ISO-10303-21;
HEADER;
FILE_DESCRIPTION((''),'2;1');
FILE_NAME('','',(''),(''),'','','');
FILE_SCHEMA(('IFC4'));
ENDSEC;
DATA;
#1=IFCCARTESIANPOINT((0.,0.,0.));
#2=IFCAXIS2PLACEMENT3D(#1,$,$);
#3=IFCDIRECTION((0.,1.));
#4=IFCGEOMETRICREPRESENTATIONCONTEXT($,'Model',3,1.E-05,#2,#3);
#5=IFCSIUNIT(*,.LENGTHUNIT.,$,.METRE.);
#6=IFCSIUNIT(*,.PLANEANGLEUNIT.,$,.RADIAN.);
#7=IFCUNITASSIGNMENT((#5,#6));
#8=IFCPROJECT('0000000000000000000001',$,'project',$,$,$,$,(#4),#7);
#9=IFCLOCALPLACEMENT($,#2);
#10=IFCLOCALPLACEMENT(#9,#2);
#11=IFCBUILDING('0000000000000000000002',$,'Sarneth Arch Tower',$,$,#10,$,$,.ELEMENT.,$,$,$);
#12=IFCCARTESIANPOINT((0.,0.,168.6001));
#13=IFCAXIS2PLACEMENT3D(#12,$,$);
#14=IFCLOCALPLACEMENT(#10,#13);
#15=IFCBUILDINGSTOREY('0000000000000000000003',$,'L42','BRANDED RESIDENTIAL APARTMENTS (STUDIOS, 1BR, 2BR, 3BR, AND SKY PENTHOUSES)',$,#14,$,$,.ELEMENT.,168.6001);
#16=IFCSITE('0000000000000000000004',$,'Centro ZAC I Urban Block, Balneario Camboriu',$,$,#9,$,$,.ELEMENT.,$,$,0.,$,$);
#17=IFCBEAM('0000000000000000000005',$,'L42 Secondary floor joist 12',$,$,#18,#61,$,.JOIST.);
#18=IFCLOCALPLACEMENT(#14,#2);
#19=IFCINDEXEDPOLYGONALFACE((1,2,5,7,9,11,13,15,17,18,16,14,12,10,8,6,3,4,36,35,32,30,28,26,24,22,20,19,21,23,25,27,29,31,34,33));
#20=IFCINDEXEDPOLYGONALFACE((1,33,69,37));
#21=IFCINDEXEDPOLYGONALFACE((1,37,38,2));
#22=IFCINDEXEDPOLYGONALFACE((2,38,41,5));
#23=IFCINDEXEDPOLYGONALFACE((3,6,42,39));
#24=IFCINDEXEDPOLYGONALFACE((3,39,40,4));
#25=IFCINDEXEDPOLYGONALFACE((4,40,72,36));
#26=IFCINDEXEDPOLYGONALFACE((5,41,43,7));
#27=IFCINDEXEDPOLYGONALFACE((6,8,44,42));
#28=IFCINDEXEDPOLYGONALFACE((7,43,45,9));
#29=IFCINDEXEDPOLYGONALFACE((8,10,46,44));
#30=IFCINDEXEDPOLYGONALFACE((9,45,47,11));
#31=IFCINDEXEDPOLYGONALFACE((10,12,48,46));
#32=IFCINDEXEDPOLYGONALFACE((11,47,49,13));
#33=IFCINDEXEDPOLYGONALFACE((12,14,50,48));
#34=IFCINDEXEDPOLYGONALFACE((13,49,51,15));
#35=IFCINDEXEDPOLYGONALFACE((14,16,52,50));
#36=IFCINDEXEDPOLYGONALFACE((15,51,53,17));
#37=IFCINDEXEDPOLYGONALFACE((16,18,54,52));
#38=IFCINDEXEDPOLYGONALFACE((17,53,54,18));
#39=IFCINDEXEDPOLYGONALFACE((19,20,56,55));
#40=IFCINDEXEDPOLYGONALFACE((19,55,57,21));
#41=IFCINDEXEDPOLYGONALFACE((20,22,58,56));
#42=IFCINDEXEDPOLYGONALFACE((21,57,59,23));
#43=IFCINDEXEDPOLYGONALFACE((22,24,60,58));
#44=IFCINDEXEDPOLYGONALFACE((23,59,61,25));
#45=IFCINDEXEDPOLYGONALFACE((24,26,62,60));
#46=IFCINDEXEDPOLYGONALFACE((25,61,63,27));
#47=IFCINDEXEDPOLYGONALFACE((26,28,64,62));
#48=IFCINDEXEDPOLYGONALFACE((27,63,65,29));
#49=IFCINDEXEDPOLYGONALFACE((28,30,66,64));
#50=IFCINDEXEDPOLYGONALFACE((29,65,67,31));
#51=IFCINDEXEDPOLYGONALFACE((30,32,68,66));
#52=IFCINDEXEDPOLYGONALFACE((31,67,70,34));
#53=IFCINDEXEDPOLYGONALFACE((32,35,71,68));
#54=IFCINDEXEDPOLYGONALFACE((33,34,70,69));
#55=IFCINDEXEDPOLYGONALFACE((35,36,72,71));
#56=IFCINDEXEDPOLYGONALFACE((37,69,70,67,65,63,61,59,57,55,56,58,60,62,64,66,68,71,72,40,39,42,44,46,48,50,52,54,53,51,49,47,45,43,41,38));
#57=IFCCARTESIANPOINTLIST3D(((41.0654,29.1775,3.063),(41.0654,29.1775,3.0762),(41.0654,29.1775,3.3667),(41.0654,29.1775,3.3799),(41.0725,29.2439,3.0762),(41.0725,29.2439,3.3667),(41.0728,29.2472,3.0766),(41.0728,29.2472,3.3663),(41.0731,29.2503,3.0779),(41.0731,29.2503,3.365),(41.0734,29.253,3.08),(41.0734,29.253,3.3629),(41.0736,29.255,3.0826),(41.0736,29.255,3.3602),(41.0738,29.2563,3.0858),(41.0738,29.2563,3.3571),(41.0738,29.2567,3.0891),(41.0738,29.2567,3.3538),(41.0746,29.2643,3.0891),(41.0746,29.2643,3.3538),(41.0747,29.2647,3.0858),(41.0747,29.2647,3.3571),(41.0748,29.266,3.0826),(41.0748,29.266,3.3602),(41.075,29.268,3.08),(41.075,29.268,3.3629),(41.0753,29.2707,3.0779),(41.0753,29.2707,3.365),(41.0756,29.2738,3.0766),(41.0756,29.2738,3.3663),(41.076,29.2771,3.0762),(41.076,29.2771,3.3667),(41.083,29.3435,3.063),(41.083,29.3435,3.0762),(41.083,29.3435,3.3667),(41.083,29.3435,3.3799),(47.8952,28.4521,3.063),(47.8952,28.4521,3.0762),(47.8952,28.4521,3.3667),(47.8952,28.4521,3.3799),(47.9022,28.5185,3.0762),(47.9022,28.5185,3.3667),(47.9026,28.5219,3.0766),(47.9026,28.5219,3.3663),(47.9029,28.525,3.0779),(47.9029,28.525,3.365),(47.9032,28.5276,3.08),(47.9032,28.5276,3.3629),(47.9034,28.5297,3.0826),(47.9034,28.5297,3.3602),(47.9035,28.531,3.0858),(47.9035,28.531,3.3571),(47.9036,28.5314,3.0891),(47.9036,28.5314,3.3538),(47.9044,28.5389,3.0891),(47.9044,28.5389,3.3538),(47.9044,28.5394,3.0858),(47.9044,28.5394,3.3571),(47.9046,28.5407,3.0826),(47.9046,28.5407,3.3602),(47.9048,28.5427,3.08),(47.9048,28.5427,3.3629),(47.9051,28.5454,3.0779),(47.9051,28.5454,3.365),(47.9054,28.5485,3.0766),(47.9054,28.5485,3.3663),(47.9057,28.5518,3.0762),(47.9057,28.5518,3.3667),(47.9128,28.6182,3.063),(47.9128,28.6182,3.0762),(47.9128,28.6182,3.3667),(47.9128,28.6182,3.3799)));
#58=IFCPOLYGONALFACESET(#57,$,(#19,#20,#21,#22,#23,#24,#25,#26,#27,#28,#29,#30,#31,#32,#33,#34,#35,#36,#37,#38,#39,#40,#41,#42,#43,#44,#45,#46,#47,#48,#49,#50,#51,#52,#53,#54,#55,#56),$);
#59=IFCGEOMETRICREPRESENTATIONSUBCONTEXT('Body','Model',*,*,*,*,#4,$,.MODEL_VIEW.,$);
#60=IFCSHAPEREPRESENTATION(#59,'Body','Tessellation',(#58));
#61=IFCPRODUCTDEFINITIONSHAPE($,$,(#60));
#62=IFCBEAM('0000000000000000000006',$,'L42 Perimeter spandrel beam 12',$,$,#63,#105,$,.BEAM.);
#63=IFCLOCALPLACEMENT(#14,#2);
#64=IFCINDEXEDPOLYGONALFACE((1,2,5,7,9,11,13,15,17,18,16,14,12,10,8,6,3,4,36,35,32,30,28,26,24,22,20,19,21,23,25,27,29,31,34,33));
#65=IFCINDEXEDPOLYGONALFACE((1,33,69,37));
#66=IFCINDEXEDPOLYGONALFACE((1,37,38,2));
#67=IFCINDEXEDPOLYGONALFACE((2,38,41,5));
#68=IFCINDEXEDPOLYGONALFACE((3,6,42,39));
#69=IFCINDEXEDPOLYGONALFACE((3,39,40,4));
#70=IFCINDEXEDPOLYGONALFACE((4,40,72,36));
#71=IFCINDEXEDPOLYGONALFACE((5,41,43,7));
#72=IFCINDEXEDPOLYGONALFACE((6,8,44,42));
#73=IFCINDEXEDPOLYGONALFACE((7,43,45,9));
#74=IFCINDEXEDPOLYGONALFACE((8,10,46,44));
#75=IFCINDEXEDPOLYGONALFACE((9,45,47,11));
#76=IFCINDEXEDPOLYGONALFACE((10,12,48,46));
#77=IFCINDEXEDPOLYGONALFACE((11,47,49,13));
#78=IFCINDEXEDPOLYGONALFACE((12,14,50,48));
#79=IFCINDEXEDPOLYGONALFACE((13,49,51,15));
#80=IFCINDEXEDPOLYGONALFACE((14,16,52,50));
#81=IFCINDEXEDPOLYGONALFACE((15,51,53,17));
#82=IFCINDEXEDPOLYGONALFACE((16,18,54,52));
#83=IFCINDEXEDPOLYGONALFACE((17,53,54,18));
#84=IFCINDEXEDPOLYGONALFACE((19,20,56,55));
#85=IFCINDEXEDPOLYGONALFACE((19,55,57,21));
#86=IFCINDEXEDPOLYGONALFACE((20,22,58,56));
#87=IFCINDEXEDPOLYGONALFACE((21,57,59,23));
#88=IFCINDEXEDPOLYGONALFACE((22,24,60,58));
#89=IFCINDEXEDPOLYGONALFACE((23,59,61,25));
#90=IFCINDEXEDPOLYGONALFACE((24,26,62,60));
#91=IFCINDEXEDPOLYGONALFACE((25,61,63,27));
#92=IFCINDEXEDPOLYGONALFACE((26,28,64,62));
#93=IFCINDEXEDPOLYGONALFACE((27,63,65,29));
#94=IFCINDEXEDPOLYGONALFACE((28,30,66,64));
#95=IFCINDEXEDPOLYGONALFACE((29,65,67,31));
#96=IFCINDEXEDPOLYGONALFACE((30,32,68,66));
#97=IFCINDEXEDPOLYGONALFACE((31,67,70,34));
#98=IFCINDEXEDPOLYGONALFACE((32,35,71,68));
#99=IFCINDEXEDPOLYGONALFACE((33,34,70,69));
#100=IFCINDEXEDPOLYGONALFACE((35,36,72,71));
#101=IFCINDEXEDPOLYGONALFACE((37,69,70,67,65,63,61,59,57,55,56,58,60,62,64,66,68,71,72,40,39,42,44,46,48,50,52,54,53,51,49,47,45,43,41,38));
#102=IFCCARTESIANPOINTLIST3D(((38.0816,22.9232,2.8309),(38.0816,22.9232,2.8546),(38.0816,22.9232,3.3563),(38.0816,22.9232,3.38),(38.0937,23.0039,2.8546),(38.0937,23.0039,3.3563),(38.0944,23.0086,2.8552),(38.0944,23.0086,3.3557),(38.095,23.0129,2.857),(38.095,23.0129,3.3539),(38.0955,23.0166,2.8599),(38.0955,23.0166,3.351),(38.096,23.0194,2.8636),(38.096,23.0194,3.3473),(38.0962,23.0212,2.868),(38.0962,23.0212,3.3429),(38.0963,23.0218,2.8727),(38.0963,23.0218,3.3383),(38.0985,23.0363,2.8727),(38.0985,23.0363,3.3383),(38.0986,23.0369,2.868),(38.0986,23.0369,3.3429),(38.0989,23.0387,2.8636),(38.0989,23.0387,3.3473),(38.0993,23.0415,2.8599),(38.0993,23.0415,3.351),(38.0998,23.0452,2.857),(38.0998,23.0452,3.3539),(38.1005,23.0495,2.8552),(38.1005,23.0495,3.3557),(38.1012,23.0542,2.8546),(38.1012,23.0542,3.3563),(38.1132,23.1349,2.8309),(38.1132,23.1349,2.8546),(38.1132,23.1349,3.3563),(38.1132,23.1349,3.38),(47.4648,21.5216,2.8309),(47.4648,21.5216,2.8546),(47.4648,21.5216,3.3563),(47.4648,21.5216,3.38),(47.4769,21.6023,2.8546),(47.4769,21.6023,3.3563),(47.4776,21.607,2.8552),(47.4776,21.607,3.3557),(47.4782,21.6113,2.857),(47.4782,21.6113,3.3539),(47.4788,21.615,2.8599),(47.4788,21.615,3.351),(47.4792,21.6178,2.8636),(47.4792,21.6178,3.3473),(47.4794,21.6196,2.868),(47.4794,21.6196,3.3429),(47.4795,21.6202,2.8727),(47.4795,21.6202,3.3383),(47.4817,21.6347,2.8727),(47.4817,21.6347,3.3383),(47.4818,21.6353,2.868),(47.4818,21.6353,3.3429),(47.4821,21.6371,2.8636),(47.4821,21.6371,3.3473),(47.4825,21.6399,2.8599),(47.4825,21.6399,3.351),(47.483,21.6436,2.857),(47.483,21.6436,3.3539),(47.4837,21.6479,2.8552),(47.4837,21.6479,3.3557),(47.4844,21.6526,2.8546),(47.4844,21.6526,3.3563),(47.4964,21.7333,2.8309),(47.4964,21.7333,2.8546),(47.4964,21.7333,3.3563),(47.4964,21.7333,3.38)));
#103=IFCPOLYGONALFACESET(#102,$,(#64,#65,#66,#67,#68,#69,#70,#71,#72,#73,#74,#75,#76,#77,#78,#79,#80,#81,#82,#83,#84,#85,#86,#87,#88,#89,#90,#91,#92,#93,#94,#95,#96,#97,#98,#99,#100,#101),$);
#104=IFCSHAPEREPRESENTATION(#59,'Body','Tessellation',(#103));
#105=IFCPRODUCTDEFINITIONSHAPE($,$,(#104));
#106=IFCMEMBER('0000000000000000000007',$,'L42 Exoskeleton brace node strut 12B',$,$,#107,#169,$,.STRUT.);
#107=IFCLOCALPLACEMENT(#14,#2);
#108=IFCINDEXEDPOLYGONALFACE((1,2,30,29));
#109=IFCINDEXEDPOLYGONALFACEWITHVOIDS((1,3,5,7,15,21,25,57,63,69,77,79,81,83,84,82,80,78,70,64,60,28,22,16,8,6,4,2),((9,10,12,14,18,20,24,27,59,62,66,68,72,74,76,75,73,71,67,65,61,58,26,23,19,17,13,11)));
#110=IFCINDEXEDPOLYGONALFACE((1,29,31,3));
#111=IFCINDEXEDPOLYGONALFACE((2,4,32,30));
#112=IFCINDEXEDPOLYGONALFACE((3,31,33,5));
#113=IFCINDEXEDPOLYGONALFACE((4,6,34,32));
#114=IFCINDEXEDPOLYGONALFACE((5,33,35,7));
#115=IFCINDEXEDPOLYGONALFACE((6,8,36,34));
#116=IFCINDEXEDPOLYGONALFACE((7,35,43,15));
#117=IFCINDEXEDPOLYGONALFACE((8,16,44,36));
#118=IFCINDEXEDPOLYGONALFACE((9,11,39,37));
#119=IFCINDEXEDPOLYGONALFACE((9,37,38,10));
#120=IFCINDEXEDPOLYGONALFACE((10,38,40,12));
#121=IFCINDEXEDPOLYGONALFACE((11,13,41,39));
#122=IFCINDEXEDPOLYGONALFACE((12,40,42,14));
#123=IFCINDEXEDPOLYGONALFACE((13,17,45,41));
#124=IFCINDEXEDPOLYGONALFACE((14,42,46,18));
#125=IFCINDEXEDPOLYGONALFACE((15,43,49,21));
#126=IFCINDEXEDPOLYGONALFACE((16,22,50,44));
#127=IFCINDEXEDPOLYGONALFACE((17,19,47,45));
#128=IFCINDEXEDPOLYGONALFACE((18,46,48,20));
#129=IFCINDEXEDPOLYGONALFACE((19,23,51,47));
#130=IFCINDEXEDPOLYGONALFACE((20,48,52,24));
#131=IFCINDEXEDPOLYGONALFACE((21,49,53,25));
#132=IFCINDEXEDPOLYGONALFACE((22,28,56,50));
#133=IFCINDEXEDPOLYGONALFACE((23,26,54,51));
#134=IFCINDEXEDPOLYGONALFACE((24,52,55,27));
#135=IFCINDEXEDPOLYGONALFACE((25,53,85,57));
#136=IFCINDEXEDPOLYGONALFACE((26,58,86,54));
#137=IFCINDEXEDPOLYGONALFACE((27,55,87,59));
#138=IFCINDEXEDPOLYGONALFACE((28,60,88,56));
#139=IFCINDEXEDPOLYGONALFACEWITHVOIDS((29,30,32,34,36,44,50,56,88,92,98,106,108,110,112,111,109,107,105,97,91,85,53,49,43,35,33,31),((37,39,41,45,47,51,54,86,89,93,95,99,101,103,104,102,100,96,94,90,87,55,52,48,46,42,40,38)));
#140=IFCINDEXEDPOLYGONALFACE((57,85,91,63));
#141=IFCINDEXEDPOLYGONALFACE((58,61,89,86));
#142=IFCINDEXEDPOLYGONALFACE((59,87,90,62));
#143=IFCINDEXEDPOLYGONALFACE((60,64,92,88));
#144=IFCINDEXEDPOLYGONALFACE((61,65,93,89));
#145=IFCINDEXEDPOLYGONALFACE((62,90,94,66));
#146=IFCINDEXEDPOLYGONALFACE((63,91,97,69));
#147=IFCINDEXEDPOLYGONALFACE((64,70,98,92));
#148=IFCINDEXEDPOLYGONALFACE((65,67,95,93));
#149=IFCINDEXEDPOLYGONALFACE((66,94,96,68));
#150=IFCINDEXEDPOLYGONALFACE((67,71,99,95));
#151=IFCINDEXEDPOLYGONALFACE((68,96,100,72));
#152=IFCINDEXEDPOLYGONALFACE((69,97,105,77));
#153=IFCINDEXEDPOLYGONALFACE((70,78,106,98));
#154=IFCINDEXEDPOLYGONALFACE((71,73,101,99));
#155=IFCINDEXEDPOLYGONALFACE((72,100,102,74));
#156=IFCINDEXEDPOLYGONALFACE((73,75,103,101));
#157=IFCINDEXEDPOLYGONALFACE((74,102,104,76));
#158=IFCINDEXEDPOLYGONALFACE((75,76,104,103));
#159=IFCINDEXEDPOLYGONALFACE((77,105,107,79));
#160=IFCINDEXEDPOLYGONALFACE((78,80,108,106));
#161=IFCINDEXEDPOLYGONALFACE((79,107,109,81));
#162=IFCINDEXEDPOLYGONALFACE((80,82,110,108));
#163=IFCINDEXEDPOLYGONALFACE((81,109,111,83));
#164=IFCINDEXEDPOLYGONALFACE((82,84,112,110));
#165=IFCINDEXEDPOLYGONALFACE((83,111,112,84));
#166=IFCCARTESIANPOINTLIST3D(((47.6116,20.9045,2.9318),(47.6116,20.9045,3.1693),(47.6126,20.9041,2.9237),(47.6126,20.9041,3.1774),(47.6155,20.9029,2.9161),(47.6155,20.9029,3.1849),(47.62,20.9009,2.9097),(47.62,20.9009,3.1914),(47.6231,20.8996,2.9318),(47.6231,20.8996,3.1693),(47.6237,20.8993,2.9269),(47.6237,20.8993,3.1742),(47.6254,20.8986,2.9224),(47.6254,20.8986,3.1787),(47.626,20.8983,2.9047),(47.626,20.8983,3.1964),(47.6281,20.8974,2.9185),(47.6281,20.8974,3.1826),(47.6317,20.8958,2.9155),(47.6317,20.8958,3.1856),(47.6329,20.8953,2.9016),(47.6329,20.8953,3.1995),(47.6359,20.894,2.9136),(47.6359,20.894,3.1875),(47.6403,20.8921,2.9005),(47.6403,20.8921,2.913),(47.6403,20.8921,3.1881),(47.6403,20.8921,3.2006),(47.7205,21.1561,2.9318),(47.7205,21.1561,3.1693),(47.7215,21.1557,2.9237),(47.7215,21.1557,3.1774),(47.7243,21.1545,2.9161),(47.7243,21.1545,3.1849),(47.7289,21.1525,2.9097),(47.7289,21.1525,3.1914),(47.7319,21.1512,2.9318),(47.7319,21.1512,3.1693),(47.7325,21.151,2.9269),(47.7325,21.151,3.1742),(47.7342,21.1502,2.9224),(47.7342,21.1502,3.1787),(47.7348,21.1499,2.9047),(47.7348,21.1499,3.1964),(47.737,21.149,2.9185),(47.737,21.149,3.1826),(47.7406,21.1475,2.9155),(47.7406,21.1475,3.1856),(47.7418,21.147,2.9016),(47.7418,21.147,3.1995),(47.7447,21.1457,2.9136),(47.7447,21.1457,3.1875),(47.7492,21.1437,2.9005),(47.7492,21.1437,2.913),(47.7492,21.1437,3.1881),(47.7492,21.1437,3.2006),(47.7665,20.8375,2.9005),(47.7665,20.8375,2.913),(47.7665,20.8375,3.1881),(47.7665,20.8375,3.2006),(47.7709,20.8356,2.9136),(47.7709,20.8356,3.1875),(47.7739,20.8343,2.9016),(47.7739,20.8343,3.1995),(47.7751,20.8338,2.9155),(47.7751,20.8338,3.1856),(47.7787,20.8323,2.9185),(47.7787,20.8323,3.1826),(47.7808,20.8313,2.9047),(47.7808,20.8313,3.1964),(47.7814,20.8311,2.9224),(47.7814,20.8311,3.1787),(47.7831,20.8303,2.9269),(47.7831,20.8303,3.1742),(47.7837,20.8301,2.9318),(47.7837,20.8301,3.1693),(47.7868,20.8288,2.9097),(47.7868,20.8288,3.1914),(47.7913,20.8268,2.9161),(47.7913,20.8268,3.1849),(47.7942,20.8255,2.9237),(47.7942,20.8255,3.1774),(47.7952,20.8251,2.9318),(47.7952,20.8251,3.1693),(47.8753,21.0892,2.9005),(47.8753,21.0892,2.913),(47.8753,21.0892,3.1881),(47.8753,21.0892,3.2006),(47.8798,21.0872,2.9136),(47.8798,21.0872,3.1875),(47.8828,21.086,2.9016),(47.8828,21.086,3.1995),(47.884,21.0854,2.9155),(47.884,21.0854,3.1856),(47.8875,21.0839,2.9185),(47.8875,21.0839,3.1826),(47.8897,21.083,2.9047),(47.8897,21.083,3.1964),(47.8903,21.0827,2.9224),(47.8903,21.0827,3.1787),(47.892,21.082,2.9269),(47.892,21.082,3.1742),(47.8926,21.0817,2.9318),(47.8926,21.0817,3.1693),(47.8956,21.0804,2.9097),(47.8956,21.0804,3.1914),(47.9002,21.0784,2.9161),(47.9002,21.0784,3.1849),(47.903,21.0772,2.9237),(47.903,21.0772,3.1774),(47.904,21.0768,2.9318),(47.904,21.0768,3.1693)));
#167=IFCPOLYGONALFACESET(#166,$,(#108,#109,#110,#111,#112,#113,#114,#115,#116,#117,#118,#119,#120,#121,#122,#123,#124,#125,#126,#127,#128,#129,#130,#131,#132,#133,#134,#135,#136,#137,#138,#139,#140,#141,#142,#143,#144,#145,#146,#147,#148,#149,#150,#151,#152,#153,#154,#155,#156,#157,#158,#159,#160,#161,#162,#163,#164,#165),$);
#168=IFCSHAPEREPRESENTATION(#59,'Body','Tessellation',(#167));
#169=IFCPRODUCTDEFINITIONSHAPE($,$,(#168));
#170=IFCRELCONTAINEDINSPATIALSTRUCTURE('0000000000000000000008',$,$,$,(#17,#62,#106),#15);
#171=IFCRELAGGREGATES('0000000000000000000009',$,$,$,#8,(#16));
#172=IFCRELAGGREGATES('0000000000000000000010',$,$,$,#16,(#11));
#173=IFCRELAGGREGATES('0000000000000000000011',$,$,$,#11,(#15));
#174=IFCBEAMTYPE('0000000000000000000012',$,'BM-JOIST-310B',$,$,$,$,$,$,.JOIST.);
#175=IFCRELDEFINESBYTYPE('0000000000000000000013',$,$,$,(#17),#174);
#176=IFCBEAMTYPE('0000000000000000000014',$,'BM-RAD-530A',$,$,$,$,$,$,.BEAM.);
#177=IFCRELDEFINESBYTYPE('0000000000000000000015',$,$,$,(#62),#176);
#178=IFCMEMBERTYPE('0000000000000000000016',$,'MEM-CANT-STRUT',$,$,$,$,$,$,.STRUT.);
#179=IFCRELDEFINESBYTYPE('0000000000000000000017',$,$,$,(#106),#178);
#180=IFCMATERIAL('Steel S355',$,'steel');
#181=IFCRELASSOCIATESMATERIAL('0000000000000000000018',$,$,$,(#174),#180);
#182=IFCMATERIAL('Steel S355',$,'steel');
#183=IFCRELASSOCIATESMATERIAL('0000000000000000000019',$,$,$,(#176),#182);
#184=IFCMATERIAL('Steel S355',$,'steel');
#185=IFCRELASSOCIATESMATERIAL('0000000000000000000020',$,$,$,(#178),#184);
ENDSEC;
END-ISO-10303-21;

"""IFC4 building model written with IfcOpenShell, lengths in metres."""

from ifc_helpers import new_model, si_unit, direction, frame, origin, origin_2d, place, context, subcontext, project, spatial, hollow_rectangle, i_section, extrude, material, material_profile, profile_set, type_object, element, save


model = new_model("IFC4")

# Units and contexts
model_context = context("Model", 3, precision=1e-05, world=origin(), true_north=direction((0.0, 1.0)))
body_context = subcontext(model_context, "Body", "Model", "MODEL_VIEW")
ifc_project = project(units=[si_unit("LENGTHUNIT", "METRE"), si_unit("PLANEANGLEUNIT", "RADIAN")], contexts=[model_context])

# Site, building, storey
site_placement = place(None, origin())
site = spatial("IfcSite", under=ifc_project, at=site_placement, Name="Centro ZAC I Urban Block, Balneario Camboriu", CompositionType="ELEMENT", RefElevation=0.0)
building_placement = place(site_placement, origin())
building = spatial("IfcBuilding", under=site, at=building_placement, Name="Sarneth Arch Tower", CompositionType="ELEMENT")
storey_placement = place(building_placement, frame((0.0, 0.0, 168.6001)))
storey = spatial("IfcBuildingStorey", under=building, at=storey_placement, Name="L42", Description="BRANDED RESIDENTIAL APARTMENTS (STUDIOS, 1BR, 2BR, 3BR, AND SKY PENTHOUSES)", CompositionType="ELEMENT", Elevation=168.6001)

# Beams
ifc_material_1 = material(Name="Steel S355", Category="steel")
ifc_material_profile_1 = material_profile(ifc_material_1, i_section(OverallWidth=0.167, OverallDepth=0.3169, WebThickness=0.0076, FlangeThickness=0.0132, FilletRadius=0.0129, at=origin_2d()), Name="W310x52")
ifc_profile_set_1 = profile_set([ifc_material_profile_1], Name="Steel S355")
beam_type_1 = type_object("IfcBeamType", Name="BM-JOIST-310B", PredefinedType="JOIST", material=ifc_profile_set_1)
beam_1_placement = place(storey_placement, frame((41.0742, 29.2605, 3.2214), z_axis=(0.994408, -0.105608, 0.0), x_axis=(0.105608, 0.994408, 0.0)))
element("IfcBeam", 1, at=beam_1_placement, inside=storey, type_object=beam_type_1, Name="L42 Secondary floor joist 12", PredefinedType="JOIST", context=body_context, shape_type="SweptSolid", body=[
    extrude(i_section(OverallWidth=0.167, OverallDepth=0.3169, WebThickness=0.0076, FlangeThickness=0.0132, FilletRadius=0.0129, at=origin_2d()), origin(), (0.0, 0.0, 1.0), 6.8682),
])
ifc_material_2 = material(Name="Steel S355", Category="steel")
ifc_material_profile_2 = material_profile(ifc_material_2, i_section(OverallWidth=0.2141, OverallDepth=0.5491, WebThickness=0.0146, FlangeThickness=0.0237, FilletRadius=0.0181, at=origin_2d()), Name="W530x138")
ifc_profile_set_2 = profile_set([ifc_material_profile_2], Name="Steel S355")
beam_type_2 = type_object("IfcBeamType", Name="BM-RAD-530A", PredefinedType="BEAM", material=ifc_profile_set_2)
beam_2_placement = place(storey_placement, frame((38.0974, 23.0291, 3.1055), z_axis=(0.989027, -0.147734, 0.0), x_axis=(0.147734, 0.989027, 0.0)))
element("IfcBeam", 2, at=beam_2_placement, inside=storey, type_object=beam_type_2, Name="L42 Perimeter spandrel beam 12", PredefinedType="BEAM", context=body_context, shape_type="SweptSolid", body=[
    extrude(i_section(OverallWidth=0.2141, OverallDepth=0.5491, WebThickness=0.0146, FlangeThickness=0.0237, FilletRadius=0.0181, at=origin_2d()), origin(), (0.0, 0.0, 1.0), 9.4873),
])

# Member
ifc_material_3 = material(Name="Steel S355", Category="steel")
ifc_material_profile_3 = material_profile(ifc_material_3, hollow_rectangle(XDim=0.2, YDim=0.3, WallThickness=0.0125, InnerFilletRadius=0.0188, OuterFilletRadius=0.0312, at=origin_2d()), Name="RHS300x200x12.5")
ifc_profile_set_3 = profile_set([ifc_material_profile_3], Name="Steel S355")
member_type_1 = type_object("IfcMemberType", Name="MEM-CANT-STRUT", PredefinedType="STRUT", material=ifc_profile_set_3)
member_1_placement = place(storey_placement, frame((47.8123, 21.1165, 3.0505), z_axis=(-0.397033, -0.917804, 0.0), x_axis=(0.917804, -0.397033, 0.0)))
element("IfcMember", 3, at=member_1_placement, inside=storey, type_object=member_type_1, Name="L42 Exoskeleton brace node strut 12B", PredefinedType="STRUT", context=body_context, shape_type="SweptSolid", body=[
    extrude(hollow_rectangle(XDim=0.2, YDim=0.3, WallThickness=0.0125, InnerFilletRadius=0.0188, OuterFilletRadius=0.0312, at=origin_2d()), origin(), (0.0, 0.0, 1.0), 0.2742),
])

save(model, "model.ifc")
